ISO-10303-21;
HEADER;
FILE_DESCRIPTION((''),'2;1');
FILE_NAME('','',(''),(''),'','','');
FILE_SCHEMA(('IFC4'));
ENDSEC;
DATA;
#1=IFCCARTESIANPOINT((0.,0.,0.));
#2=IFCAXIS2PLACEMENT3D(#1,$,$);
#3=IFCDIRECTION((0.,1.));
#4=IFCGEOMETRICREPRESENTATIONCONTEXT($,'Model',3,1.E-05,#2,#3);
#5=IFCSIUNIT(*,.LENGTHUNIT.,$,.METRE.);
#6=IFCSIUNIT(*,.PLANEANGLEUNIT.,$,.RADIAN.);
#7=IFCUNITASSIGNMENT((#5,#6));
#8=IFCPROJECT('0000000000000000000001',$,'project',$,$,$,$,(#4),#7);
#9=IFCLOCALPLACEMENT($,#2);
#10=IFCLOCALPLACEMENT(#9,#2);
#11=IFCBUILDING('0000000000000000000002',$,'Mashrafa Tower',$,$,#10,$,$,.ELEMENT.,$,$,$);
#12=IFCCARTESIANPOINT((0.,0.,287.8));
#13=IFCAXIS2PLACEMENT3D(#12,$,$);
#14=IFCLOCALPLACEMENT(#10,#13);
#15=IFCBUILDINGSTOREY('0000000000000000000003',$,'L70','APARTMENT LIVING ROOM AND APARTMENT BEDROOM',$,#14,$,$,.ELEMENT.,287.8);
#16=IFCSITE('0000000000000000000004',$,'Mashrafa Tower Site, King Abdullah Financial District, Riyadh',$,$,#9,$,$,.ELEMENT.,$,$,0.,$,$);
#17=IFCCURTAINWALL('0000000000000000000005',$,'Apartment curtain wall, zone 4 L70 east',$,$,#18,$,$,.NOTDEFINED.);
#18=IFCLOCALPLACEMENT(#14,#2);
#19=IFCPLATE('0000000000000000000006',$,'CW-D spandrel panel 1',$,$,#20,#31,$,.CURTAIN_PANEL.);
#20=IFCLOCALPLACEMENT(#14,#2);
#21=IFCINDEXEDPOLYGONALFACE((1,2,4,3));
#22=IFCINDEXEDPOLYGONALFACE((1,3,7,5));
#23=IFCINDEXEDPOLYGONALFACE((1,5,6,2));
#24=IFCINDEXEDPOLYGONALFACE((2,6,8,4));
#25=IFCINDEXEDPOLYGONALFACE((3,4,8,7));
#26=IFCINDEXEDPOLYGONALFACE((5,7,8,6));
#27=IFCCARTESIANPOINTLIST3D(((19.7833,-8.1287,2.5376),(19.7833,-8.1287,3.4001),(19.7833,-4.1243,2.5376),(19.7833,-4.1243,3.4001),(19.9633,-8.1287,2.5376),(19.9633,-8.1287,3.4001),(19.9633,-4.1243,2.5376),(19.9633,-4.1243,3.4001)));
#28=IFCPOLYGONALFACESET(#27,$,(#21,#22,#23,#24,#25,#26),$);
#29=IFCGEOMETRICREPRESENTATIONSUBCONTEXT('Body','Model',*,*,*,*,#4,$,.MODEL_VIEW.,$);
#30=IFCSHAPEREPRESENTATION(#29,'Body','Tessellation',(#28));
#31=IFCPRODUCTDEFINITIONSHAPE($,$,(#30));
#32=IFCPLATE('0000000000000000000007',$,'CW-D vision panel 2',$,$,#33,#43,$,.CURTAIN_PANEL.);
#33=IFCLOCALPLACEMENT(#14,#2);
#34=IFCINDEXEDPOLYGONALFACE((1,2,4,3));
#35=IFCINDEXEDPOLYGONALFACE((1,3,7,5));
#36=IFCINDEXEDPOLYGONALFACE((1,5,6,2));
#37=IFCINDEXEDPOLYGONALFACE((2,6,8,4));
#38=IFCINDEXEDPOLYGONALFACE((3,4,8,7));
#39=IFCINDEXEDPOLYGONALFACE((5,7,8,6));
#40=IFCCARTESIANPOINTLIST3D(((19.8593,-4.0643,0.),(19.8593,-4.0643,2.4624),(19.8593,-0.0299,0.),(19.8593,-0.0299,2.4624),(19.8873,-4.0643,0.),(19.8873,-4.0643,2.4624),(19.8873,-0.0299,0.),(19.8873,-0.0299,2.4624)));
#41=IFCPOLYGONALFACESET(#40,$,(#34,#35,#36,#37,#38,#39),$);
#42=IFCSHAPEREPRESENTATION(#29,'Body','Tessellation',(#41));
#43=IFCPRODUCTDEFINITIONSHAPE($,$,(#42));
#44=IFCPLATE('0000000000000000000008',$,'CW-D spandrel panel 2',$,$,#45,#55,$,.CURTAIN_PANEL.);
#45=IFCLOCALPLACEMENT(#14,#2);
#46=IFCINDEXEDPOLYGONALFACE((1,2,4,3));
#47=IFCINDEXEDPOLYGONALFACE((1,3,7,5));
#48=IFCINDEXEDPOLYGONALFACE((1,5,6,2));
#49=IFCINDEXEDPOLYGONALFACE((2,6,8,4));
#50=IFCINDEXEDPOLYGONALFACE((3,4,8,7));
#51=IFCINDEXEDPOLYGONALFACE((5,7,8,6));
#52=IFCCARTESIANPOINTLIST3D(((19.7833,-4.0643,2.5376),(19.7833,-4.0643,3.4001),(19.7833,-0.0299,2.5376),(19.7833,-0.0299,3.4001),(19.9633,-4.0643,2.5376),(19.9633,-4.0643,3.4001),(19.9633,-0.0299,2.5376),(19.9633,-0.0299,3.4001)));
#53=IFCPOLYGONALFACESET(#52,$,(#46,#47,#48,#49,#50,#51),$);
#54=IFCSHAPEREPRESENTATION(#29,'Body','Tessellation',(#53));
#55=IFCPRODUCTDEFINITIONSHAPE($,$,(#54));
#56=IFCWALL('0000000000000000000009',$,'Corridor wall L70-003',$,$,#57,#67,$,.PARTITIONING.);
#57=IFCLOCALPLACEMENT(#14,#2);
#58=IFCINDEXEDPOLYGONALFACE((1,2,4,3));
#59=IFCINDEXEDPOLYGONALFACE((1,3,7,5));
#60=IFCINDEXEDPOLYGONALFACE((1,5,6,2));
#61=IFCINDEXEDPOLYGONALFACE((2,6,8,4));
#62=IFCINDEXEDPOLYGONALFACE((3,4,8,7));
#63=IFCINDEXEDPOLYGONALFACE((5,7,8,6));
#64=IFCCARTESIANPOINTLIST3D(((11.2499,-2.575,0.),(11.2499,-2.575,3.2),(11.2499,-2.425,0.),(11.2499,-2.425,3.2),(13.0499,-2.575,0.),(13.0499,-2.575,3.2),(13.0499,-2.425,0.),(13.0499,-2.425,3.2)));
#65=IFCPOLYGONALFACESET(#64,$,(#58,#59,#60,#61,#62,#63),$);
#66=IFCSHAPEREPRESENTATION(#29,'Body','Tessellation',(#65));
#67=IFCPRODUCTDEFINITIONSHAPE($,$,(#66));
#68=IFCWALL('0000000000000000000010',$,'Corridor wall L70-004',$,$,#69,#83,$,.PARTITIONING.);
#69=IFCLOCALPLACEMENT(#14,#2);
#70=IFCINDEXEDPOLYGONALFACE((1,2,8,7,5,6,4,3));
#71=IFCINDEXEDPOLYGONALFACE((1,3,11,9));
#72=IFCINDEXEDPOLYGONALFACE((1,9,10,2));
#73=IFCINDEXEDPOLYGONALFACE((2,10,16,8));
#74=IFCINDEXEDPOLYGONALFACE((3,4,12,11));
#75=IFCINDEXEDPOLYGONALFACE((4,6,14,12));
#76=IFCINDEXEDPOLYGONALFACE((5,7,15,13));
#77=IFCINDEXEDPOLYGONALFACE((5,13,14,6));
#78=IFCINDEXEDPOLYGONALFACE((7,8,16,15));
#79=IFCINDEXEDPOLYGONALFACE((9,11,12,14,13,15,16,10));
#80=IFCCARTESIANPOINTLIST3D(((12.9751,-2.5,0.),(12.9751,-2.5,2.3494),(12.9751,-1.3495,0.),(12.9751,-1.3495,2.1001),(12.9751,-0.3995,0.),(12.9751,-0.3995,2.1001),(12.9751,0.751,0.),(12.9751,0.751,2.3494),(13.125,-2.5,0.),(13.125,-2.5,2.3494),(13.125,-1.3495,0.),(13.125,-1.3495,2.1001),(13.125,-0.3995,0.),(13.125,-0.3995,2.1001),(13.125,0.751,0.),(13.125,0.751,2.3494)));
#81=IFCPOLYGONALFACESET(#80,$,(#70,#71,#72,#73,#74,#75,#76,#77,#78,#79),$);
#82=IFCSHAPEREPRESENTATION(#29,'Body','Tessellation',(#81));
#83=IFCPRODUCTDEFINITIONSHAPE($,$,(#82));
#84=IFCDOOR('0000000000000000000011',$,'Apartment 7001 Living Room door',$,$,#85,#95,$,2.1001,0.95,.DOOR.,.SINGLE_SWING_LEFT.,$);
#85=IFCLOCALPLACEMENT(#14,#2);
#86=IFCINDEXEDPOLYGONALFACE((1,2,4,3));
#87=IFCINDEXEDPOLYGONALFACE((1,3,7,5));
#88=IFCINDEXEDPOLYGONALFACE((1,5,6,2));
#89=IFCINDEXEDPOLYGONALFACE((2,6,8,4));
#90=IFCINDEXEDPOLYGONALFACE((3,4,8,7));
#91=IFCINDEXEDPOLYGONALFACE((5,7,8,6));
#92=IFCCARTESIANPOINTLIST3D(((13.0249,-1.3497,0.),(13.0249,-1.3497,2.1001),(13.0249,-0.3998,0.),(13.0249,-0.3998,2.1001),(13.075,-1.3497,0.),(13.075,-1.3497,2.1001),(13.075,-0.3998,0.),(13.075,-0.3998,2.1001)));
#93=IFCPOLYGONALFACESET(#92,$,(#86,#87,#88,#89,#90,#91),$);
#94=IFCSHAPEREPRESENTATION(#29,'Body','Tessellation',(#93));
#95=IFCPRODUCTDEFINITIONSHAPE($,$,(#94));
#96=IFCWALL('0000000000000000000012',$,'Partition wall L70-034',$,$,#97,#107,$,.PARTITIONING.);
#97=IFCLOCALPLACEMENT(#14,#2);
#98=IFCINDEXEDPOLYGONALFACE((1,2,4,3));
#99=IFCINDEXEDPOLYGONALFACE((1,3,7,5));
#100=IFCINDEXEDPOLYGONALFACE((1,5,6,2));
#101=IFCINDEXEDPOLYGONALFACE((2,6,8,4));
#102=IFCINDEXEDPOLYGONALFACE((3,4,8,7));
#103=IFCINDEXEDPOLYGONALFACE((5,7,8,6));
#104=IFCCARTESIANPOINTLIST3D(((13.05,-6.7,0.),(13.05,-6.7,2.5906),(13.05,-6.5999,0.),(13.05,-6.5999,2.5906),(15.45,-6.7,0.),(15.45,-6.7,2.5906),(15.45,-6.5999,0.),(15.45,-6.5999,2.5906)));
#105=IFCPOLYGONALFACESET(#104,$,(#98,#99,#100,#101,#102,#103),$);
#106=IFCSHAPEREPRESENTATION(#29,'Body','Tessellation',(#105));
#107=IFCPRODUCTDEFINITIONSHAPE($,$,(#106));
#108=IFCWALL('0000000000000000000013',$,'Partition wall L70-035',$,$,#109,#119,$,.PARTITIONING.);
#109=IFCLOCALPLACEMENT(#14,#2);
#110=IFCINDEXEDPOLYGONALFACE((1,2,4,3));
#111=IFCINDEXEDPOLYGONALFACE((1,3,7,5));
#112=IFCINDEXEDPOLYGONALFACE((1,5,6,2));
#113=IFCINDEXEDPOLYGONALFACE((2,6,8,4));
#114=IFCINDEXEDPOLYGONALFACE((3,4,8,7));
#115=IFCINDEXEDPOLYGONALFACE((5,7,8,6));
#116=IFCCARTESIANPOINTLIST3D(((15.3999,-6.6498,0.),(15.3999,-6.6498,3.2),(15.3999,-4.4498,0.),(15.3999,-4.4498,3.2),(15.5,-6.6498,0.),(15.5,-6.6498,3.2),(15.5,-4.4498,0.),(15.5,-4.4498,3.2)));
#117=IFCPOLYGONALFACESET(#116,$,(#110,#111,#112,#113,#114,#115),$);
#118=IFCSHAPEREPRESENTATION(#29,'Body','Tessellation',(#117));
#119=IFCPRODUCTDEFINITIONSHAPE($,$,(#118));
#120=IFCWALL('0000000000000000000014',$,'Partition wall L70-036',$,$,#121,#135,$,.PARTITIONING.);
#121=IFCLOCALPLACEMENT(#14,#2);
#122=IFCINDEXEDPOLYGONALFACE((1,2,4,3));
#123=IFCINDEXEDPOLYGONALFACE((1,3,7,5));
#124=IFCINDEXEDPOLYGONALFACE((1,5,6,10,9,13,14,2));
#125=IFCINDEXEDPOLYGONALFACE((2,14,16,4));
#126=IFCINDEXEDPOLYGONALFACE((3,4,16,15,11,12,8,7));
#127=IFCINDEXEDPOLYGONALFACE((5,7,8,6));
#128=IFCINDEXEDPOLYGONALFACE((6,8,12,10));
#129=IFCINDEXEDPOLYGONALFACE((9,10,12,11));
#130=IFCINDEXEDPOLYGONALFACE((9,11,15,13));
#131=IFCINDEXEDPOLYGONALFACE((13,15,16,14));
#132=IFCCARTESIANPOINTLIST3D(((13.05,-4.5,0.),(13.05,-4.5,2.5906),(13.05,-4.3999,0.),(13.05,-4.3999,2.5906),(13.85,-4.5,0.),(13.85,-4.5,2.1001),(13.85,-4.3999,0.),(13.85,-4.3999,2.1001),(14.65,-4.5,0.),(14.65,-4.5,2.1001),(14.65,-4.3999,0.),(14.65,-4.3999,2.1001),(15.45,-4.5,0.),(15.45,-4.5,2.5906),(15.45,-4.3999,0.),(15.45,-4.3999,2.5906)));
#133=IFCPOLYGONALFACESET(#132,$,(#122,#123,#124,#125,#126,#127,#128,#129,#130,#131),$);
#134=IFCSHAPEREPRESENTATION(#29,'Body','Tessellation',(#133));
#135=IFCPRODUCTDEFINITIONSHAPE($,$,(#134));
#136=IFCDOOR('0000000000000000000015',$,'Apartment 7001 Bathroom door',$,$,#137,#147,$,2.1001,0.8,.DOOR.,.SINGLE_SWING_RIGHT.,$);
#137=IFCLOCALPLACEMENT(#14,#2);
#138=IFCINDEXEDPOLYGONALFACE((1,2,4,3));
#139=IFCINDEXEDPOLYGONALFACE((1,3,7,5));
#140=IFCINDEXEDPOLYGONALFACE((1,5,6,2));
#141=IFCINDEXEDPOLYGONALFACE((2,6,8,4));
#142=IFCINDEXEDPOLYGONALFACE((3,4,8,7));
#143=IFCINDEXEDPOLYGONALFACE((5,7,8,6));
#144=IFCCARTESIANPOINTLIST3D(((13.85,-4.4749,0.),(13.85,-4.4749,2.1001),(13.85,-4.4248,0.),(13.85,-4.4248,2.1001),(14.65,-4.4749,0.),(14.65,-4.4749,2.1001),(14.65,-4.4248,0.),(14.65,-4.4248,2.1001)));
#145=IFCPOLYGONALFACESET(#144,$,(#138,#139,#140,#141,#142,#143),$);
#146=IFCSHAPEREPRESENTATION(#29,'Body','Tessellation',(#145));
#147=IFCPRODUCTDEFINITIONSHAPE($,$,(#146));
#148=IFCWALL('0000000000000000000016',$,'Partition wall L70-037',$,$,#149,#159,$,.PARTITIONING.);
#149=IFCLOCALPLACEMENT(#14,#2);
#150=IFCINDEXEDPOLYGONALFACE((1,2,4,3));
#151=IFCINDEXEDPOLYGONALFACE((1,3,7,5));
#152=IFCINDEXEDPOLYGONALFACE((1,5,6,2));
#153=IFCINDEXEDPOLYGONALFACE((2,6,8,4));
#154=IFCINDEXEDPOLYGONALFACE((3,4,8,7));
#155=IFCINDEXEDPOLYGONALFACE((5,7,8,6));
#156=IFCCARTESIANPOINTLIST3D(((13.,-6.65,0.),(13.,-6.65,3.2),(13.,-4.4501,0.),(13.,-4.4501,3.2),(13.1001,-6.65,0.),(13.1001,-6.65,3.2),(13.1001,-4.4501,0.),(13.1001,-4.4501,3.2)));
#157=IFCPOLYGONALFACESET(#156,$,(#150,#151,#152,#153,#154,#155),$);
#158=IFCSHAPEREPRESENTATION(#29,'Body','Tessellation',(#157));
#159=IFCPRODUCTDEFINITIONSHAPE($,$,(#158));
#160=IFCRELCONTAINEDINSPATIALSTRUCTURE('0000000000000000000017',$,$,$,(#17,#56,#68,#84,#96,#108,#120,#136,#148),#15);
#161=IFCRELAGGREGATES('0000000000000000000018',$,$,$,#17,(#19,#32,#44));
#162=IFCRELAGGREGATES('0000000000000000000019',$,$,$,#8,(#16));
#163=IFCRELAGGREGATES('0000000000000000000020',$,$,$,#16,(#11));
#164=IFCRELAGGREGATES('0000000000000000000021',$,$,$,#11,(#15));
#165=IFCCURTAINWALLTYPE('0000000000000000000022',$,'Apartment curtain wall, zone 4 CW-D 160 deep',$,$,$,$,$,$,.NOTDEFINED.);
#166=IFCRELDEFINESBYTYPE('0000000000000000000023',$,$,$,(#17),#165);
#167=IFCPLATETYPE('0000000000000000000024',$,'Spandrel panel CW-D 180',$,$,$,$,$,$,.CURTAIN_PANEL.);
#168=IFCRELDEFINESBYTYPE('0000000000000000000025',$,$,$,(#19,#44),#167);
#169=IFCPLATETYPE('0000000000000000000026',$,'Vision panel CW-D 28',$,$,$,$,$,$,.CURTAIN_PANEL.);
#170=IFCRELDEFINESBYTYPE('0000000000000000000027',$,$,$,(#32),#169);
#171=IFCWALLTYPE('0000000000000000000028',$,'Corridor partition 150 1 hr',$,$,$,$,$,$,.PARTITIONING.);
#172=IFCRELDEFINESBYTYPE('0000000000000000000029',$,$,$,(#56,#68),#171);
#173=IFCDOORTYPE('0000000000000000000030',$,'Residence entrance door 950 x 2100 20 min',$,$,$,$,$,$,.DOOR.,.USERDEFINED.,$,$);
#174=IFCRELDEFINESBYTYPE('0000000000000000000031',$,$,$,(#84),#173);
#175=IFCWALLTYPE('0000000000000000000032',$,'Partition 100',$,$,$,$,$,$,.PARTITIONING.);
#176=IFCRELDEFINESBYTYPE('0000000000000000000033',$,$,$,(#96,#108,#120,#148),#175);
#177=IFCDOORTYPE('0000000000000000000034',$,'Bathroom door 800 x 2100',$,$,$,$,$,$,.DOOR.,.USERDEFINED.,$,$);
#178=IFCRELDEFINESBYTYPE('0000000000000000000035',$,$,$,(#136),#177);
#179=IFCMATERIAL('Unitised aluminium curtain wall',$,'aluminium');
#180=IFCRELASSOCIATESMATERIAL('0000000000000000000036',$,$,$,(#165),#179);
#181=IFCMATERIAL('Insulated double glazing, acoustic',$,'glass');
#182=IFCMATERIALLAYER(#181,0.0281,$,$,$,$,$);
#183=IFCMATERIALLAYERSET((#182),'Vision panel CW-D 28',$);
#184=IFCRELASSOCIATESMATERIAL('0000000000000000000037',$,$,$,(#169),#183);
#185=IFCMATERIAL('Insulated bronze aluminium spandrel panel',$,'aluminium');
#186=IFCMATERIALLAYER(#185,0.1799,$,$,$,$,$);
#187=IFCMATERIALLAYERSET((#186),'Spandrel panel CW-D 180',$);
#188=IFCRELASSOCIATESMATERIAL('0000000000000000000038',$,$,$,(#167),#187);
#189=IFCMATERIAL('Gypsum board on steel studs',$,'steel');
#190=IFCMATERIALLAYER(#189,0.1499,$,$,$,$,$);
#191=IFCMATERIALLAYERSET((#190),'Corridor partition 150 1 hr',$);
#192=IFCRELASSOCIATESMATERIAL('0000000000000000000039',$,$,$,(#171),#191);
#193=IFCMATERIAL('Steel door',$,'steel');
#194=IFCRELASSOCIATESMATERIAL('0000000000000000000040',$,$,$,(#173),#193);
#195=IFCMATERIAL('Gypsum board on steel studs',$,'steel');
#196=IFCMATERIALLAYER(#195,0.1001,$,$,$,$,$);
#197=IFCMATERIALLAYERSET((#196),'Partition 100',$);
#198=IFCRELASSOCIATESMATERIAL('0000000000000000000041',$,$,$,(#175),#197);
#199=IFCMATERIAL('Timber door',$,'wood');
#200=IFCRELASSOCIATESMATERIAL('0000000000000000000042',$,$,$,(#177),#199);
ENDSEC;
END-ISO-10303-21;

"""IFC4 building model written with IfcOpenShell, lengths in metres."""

from ifc_helpers import new_model, si_unit, direction, frame, frame_2d, origin, origin_2d, place, context, subcontext, project, spatial, rectangle, extrude, source, transform, mapped, material, layer, layer_set, type_object, type_shapes, element, fill, aggregate, save


model = new_model("IFC4")

# Units and contexts
model_context = context("Model", 3, precision=1e-05, world=origin(), true_north=direction((0.0, 1.0)))
body_context = subcontext(model_context, "Body", "Model", "MODEL_VIEW")
ifc_project = project(units=[si_unit("LENGTHUNIT", "METRE"), si_unit("PLANEANGLEUNIT", "RADIAN")], contexts=[model_context])

# Site, building, storey
site_placement = place(None, origin())
site = spatial("IfcSite", under=ifc_project, at=site_placement, Name="Mashrafa Tower Site, King Abdullah Financial District, Riyadh", CompositionType="ELEMENT", RefElevation=0.0)
building_placement = place(site_placement, origin())
building = spatial("IfcBuilding", under=site, at=building_placement, Name="Mashrafa Tower", CompositionType="ELEMENT")
storey_placement = place(building_placement, frame((0.0, 0.0, 287.8)))
storey = spatial("IfcBuildingStorey", under=building, at=storey_placement, Name="L70", Description="APARTMENT LIVING ROOM AND APARTMENT BEDROOM", CompositionType="ELEMENT", Elevation=287.8)

# Curtain wall, plates
ifc_material_1 = material(Name="Unitised aluminium curtain wall", Category="aluminium")
curtain_wall_type = type_object("IfcCurtainWallType", Name="Apartment curtain wall, zone 4 CW-D 160 deep", PredefinedType="NOTDEFINED", material=ifc_material_1)
curtain_wall_placement = place(storey_placement, origin())
curtain_wall = element("IfcCurtainWall", 1, at=curtain_wall_placement, inside=storey, type_object=curtain_wall_type, Name="Apartment curtain wall, zone 4 L70 east", PredefinedType="NOTDEFINED")
ifc_material_2 = material(Name="Insulated double glazing, acoustic", Category="glass")
ifc_layer_1 = layer(ifc_material_2, 0.0281)
ifc_layer_set_1 = layer_set([ifc_layer_1], Name="Vision panel CW-D 28")
plate_type_1 = type_object("IfcPlateType", Name="Vision panel CW-D 28", PredefinedType="CURTAIN_PANEL", material=ifc_layer_set_1)
ifc_material_3 = material(Name="Insulated bronze aluminium spandrel panel", Category="aluminium")
ifc_layer_2 = layer(ifc_material_3, 0.1799)
ifc_layer_set_2 = layer_set([ifc_layer_2], Name="Spandrel panel CW-D 180")
plate_type_2 = type_object("IfcPlateType", Name="Spandrel panel CW-D 180", PredefinedType="CURTAIN_PANEL", material=ifc_layer_set_2)
shared_shape_1 = source(origin(), body_context, "Body", "SweptSolid", [
    extrude(rectangle(XDim=4.0044, YDim=0.1799, at=origin_2d()), origin(), (0.0, 0.0, 1.0), 0.8625),
])
plate_1_placement = place(storey_placement, frame((19.8733, -6.1265, 2.5376), z_axis=(0.0, 0.0, 1.0), x_axis=(0.0, 1.0, 0.0)))
plate_1 = element("IfcPlate", 2, at=plate_1_placement, type_object=plate_type_2, Name="CW-D spandrel panel 1", PredefinedType="CURTAIN_PANEL", context=body_context, shape_type="MappedRepresentation", body=[
    mapped(shared_shape_1, transform((0.0, 0.0, 0.0))),
])
shared_shape_2 = source(origin(), body_context, "Body", "SweptSolid", [
    extrude(rectangle(XDim=4.0344, YDim=0.0281, at=origin_2d()), origin(), (0.0, 0.0, 1.0), 2.4624),
])
plate_2_placement = place(storey_placement, frame((19.8733, -2.0471, 0.0), z_axis=(0.0, 0.0, 1.0), x_axis=(0.0, 1.0, 0.0)))
plate_2 = element("IfcPlate", 3, at=plate_2_placement, type_object=plate_type_1, Name="CW-D vision panel 2", PredefinedType="CURTAIN_PANEL", context=body_context, shape_type="MappedRepresentation", body=[
    mapped(shared_shape_2, transform((0.0, 0.0, 0.0))),
])
shared_shape_3 = source(origin(), body_context, "Body", "SweptSolid", [
    extrude(rectangle(XDim=4.0344, YDim=0.1799, at=origin_2d()), origin(), (0.0, 0.0, 1.0), 0.8625),
])
type_shapes(plate_type_2, [shared_shape_1, shared_shape_3])
plate_3_placement = place(storey_placement, frame((19.8733, -2.0471, 2.5376), z_axis=(0.0, 0.0, 1.0), x_axis=(0.0, 1.0, 0.0)))
plate_3 = element("IfcPlate", 4, at=plate_3_placement, type_object=plate_type_2, Name="CW-D spandrel panel 2", PredefinedType="CURTAIN_PANEL", context=body_context, shape_type="MappedRepresentation", body=[
    mapped(shared_shape_3, transform((0.0, 0.0, 0.0))),
])
aggregate(curtain_wall, [plate_1, plate_2, plate_3])

# Wall
ifc_material_4 = material(Name="Gypsum board on steel studs", Category="steel")
ifc_layer_3 = layer(ifc_material_4, 0.1499)
ifc_layer_set_3 = layer_set([ifc_layer_3], Name="Corridor partition 150 1 hr")
wall_type_1 = type_object("IfcWallType", Name="Corridor partition 150 1 hr", PredefinedType="PARTITIONING", material=ifc_layer_set_3)
wall_1_placement = place(storey_placement, frame((11.25, -2.5, 0.0), z_axis=(0.0, 0.0, 1.0), x_axis=(1.0, 0.0, 0.0)))
element("IfcWall", 5, at=wall_1_placement, inside=storey, type_object=wall_type_1, Name="Corridor wall L70-003", PredefinedType="PARTITIONING", context=body_context, shape_type="SweptSolid", body=[
    extrude(rectangle(XDim=1.8, YDim=0.1499, at=frame_2d((0.8999, 0.0))), origin(), (0.0, 0.0, 1.0), 3.2),
])

# Wall, opening, door
wall_2_placement = place(storey_placement, frame((13.05, -2.5, 0.0), z_axis=(0.0, 0.0, 1.0), x_axis=(0.0, 1.0, 0.0)))
wall_2 = element("IfcWall", 6, at=wall_2_placement, inside=storey, type_object=wall_type_1, Name="Corridor wall L70-004", PredefinedType="PARTITIONING", context=body_context, shape_type="SweptSolid", body=[
    extrude(rectangle(XDim=3.251, YDim=0.1499, at=frame_2d((1.6255, 0.0))), origin(), (0.0, 0.0, 1.0), 2.3494),
])
opening_1_placement = place(wall_2_placement, frame((1.1504, 0.0, 0.0)))
opening_1 = element("IfcOpeningElement", 7, at=opening_1_placement, cuts=wall_2, PredefinedType="OPENING", context=body_context, shape_type="SweptSolid", body=[
    extrude(rectangle(XDim=0.95, YDim=2.1001, at=frame_2d((0.4751, 1.05))), frame((0.0, 0.085, 0.0), z_axis=(0.0, -1.0, 0.0), x_axis=(1.0, 0.0, 0.0)), (0.0, 0.0, 1.0), 0.1699),
])
ifc_material_5 = material(Name="Steel door", Category="steel")
door_type_1 = type_object("IfcDoorType", Name="Residence entrance door 950 x 2100 20 min", OperationType="USERDEFINED", PredefinedType="DOOR", material=ifc_material_5)
door_1_placement = place(opening_1_placement, frame((0.95, 0.0, 0.0), z_axis=(0.0, 0.0, 1.0), x_axis=(-1.0, 0.0, 0.0)))
door_1 = element("IfcDoor", 8, at=door_1_placement, inside=storey, type_object=door_type_1, Name="Apartment 7001 Living Room door", OperationType="SINGLE_SWING_LEFT", OverallHeight=2.1001, OverallWidth=0.95, PredefinedType="DOOR", context=body_context, shape_type="SweptSolid", body=[
    extrude(rectangle(XDim=0.95, YDim=2.1001, at=frame_2d((0.4751, 1.05))), frame((0.0, 0.0249, 0.0), z_axis=(0.0, -1.0, 0.0), x_axis=(1.0, 0.0, 0.0)), (0.0, 0.0, 1.0), 0.05),
])
fill(opening_1, door_1)

# Walls
ifc_material_6 = material(Name="Gypsum board on steel studs", Category="steel")
ifc_layer_4 = layer(ifc_material_6, 0.1001)
ifc_layer_set_4 = layer_set([ifc_layer_4], Name="Partition 100")
wall_type_2 = type_object("IfcWallType", Name="Partition 100", PredefinedType="PARTITIONING", material=ifc_layer_set_4)
wall_3_placement = place(storey_placement, frame((15.45, -6.6499, 0.0), z_axis=(0.0, 0.0, 1.0), x_axis=(-1.0, 0.0, 0.0)))
element("IfcWall", 9, at=wall_3_placement, inside=storey, type_object=wall_type_2, Name="Partition wall L70-034", PredefinedType="PARTITIONING", context=body_context, shape_type="SweptSolid", body=[
    extrude(rectangle(XDim=2.3999, YDim=0.1001, at=frame_2d((1.2, 0.0))), origin(), (0.0, 0.0, 1.0), 2.5906),
])
wall_4_placement = place(storey_placement, frame((15.45, -6.6499, 0.0), z_axis=(0.0, 0.0, 1.0), x_axis=(0.0, 1.0, 0.0)))
element("IfcWall", 10, at=wall_4_placement, inside=storey, type_object=wall_type_2, Name="Partition wall L70-035", PredefinedType="PARTITIONING", context=body_context, shape_type="SweptSolid", body=[
    extrude(rectangle(XDim=2.2, YDim=0.1001, at=frame_2d((1.1001, 0.0))), origin(), (0.0, 0.0, 1.0), 3.2),
])

# Wall, opening, door
wall_5_placement = place(storey_placement, frame((15.45, -4.45, 0.0), z_axis=(0.0, 0.0, 1.0), x_axis=(-1.0, 0.0, 0.0)))
wall_5 = element("IfcWall", 11, at=wall_5_placement, inside=storey, type_object=wall_type_2, Name="Partition wall L70-036", PredefinedType="PARTITIONING", context=body_context, shape_type="SweptSolid", body=[
    extrude(rectangle(XDim=2.3999, YDim=0.1001, at=frame_2d((1.2, 0.0))), origin(), (0.0, 0.0, 1.0), 2.5906),
])
opening_2_placement = place(wall_5_placement, frame((0.8, 0.0, 0.0)))
opening_2 = element("IfcOpeningElement", 12, at=opening_2_placement, cuts=wall_5, PredefinedType="OPENING", context=body_context, shape_type="SweptSolid", body=[
    extrude(rectangle(XDim=0.8, YDim=2.1001, at=frame_2d((0.3999, 1.05))), frame((0.0, 0.0601, 0.0), z_axis=(0.0, -1.0, 0.0), x_axis=(1.0, 0.0, 0.0)), (0.0, 0.0, 1.0), 0.1201),
])
ifc_material_7 = material(Name="Timber door", Category="wood")
door_type_2 = type_object("IfcDoorType", Name="Bathroom door 800 x 2100", OperationType="USERDEFINED", PredefinedType="DOOR", material=ifc_material_7)
door_2_placement = place(opening_2_placement, origin())
door_2 = element("IfcDoor", 13, at=door_2_placement, inside=storey, type_object=door_type_2, Name="Apartment 7001 Bathroom door", OperationType="SINGLE_SWING_RIGHT", OverallHeight=2.1001, OverallWidth=0.8, PredefinedType="DOOR", context=body_context, shape_type="SweptSolid", body=[
    extrude(rectangle(XDim=0.8, YDim=2.1001, at=frame_2d((0.3999, 1.05))), frame((0.0, 0.0249, 0.0), z_axis=(0.0, -1.0, 0.0), x_axis=(1.0, 0.0, 0.0)), (0.0, 0.0, 1.0), 0.05),
])
fill(opening_2, door_2)

# Wall
wall_6_placement = place(storey_placement, frame((13.05, -4.45, 0.0), z_axis=(0.0, 0.0, 1.0), x_axis=(0.0, -1.0, 0.0)))
element("IfcWall", 14, at=wall_6_placement, inside=storey, type_object=wall_type_2, Name="Partition wall L70-037", PredefinedType="PARTITIONING", context=body_context, shape_type="SweptSolid", body=[
    extrude(rectangle(XDim=2.2, YDim=0.1001, at=frame_2d((1.1001, 0.0))), origin(), (0.0, 0.0, 1.0), 3.2),
])

save(model, "model.ifc")
